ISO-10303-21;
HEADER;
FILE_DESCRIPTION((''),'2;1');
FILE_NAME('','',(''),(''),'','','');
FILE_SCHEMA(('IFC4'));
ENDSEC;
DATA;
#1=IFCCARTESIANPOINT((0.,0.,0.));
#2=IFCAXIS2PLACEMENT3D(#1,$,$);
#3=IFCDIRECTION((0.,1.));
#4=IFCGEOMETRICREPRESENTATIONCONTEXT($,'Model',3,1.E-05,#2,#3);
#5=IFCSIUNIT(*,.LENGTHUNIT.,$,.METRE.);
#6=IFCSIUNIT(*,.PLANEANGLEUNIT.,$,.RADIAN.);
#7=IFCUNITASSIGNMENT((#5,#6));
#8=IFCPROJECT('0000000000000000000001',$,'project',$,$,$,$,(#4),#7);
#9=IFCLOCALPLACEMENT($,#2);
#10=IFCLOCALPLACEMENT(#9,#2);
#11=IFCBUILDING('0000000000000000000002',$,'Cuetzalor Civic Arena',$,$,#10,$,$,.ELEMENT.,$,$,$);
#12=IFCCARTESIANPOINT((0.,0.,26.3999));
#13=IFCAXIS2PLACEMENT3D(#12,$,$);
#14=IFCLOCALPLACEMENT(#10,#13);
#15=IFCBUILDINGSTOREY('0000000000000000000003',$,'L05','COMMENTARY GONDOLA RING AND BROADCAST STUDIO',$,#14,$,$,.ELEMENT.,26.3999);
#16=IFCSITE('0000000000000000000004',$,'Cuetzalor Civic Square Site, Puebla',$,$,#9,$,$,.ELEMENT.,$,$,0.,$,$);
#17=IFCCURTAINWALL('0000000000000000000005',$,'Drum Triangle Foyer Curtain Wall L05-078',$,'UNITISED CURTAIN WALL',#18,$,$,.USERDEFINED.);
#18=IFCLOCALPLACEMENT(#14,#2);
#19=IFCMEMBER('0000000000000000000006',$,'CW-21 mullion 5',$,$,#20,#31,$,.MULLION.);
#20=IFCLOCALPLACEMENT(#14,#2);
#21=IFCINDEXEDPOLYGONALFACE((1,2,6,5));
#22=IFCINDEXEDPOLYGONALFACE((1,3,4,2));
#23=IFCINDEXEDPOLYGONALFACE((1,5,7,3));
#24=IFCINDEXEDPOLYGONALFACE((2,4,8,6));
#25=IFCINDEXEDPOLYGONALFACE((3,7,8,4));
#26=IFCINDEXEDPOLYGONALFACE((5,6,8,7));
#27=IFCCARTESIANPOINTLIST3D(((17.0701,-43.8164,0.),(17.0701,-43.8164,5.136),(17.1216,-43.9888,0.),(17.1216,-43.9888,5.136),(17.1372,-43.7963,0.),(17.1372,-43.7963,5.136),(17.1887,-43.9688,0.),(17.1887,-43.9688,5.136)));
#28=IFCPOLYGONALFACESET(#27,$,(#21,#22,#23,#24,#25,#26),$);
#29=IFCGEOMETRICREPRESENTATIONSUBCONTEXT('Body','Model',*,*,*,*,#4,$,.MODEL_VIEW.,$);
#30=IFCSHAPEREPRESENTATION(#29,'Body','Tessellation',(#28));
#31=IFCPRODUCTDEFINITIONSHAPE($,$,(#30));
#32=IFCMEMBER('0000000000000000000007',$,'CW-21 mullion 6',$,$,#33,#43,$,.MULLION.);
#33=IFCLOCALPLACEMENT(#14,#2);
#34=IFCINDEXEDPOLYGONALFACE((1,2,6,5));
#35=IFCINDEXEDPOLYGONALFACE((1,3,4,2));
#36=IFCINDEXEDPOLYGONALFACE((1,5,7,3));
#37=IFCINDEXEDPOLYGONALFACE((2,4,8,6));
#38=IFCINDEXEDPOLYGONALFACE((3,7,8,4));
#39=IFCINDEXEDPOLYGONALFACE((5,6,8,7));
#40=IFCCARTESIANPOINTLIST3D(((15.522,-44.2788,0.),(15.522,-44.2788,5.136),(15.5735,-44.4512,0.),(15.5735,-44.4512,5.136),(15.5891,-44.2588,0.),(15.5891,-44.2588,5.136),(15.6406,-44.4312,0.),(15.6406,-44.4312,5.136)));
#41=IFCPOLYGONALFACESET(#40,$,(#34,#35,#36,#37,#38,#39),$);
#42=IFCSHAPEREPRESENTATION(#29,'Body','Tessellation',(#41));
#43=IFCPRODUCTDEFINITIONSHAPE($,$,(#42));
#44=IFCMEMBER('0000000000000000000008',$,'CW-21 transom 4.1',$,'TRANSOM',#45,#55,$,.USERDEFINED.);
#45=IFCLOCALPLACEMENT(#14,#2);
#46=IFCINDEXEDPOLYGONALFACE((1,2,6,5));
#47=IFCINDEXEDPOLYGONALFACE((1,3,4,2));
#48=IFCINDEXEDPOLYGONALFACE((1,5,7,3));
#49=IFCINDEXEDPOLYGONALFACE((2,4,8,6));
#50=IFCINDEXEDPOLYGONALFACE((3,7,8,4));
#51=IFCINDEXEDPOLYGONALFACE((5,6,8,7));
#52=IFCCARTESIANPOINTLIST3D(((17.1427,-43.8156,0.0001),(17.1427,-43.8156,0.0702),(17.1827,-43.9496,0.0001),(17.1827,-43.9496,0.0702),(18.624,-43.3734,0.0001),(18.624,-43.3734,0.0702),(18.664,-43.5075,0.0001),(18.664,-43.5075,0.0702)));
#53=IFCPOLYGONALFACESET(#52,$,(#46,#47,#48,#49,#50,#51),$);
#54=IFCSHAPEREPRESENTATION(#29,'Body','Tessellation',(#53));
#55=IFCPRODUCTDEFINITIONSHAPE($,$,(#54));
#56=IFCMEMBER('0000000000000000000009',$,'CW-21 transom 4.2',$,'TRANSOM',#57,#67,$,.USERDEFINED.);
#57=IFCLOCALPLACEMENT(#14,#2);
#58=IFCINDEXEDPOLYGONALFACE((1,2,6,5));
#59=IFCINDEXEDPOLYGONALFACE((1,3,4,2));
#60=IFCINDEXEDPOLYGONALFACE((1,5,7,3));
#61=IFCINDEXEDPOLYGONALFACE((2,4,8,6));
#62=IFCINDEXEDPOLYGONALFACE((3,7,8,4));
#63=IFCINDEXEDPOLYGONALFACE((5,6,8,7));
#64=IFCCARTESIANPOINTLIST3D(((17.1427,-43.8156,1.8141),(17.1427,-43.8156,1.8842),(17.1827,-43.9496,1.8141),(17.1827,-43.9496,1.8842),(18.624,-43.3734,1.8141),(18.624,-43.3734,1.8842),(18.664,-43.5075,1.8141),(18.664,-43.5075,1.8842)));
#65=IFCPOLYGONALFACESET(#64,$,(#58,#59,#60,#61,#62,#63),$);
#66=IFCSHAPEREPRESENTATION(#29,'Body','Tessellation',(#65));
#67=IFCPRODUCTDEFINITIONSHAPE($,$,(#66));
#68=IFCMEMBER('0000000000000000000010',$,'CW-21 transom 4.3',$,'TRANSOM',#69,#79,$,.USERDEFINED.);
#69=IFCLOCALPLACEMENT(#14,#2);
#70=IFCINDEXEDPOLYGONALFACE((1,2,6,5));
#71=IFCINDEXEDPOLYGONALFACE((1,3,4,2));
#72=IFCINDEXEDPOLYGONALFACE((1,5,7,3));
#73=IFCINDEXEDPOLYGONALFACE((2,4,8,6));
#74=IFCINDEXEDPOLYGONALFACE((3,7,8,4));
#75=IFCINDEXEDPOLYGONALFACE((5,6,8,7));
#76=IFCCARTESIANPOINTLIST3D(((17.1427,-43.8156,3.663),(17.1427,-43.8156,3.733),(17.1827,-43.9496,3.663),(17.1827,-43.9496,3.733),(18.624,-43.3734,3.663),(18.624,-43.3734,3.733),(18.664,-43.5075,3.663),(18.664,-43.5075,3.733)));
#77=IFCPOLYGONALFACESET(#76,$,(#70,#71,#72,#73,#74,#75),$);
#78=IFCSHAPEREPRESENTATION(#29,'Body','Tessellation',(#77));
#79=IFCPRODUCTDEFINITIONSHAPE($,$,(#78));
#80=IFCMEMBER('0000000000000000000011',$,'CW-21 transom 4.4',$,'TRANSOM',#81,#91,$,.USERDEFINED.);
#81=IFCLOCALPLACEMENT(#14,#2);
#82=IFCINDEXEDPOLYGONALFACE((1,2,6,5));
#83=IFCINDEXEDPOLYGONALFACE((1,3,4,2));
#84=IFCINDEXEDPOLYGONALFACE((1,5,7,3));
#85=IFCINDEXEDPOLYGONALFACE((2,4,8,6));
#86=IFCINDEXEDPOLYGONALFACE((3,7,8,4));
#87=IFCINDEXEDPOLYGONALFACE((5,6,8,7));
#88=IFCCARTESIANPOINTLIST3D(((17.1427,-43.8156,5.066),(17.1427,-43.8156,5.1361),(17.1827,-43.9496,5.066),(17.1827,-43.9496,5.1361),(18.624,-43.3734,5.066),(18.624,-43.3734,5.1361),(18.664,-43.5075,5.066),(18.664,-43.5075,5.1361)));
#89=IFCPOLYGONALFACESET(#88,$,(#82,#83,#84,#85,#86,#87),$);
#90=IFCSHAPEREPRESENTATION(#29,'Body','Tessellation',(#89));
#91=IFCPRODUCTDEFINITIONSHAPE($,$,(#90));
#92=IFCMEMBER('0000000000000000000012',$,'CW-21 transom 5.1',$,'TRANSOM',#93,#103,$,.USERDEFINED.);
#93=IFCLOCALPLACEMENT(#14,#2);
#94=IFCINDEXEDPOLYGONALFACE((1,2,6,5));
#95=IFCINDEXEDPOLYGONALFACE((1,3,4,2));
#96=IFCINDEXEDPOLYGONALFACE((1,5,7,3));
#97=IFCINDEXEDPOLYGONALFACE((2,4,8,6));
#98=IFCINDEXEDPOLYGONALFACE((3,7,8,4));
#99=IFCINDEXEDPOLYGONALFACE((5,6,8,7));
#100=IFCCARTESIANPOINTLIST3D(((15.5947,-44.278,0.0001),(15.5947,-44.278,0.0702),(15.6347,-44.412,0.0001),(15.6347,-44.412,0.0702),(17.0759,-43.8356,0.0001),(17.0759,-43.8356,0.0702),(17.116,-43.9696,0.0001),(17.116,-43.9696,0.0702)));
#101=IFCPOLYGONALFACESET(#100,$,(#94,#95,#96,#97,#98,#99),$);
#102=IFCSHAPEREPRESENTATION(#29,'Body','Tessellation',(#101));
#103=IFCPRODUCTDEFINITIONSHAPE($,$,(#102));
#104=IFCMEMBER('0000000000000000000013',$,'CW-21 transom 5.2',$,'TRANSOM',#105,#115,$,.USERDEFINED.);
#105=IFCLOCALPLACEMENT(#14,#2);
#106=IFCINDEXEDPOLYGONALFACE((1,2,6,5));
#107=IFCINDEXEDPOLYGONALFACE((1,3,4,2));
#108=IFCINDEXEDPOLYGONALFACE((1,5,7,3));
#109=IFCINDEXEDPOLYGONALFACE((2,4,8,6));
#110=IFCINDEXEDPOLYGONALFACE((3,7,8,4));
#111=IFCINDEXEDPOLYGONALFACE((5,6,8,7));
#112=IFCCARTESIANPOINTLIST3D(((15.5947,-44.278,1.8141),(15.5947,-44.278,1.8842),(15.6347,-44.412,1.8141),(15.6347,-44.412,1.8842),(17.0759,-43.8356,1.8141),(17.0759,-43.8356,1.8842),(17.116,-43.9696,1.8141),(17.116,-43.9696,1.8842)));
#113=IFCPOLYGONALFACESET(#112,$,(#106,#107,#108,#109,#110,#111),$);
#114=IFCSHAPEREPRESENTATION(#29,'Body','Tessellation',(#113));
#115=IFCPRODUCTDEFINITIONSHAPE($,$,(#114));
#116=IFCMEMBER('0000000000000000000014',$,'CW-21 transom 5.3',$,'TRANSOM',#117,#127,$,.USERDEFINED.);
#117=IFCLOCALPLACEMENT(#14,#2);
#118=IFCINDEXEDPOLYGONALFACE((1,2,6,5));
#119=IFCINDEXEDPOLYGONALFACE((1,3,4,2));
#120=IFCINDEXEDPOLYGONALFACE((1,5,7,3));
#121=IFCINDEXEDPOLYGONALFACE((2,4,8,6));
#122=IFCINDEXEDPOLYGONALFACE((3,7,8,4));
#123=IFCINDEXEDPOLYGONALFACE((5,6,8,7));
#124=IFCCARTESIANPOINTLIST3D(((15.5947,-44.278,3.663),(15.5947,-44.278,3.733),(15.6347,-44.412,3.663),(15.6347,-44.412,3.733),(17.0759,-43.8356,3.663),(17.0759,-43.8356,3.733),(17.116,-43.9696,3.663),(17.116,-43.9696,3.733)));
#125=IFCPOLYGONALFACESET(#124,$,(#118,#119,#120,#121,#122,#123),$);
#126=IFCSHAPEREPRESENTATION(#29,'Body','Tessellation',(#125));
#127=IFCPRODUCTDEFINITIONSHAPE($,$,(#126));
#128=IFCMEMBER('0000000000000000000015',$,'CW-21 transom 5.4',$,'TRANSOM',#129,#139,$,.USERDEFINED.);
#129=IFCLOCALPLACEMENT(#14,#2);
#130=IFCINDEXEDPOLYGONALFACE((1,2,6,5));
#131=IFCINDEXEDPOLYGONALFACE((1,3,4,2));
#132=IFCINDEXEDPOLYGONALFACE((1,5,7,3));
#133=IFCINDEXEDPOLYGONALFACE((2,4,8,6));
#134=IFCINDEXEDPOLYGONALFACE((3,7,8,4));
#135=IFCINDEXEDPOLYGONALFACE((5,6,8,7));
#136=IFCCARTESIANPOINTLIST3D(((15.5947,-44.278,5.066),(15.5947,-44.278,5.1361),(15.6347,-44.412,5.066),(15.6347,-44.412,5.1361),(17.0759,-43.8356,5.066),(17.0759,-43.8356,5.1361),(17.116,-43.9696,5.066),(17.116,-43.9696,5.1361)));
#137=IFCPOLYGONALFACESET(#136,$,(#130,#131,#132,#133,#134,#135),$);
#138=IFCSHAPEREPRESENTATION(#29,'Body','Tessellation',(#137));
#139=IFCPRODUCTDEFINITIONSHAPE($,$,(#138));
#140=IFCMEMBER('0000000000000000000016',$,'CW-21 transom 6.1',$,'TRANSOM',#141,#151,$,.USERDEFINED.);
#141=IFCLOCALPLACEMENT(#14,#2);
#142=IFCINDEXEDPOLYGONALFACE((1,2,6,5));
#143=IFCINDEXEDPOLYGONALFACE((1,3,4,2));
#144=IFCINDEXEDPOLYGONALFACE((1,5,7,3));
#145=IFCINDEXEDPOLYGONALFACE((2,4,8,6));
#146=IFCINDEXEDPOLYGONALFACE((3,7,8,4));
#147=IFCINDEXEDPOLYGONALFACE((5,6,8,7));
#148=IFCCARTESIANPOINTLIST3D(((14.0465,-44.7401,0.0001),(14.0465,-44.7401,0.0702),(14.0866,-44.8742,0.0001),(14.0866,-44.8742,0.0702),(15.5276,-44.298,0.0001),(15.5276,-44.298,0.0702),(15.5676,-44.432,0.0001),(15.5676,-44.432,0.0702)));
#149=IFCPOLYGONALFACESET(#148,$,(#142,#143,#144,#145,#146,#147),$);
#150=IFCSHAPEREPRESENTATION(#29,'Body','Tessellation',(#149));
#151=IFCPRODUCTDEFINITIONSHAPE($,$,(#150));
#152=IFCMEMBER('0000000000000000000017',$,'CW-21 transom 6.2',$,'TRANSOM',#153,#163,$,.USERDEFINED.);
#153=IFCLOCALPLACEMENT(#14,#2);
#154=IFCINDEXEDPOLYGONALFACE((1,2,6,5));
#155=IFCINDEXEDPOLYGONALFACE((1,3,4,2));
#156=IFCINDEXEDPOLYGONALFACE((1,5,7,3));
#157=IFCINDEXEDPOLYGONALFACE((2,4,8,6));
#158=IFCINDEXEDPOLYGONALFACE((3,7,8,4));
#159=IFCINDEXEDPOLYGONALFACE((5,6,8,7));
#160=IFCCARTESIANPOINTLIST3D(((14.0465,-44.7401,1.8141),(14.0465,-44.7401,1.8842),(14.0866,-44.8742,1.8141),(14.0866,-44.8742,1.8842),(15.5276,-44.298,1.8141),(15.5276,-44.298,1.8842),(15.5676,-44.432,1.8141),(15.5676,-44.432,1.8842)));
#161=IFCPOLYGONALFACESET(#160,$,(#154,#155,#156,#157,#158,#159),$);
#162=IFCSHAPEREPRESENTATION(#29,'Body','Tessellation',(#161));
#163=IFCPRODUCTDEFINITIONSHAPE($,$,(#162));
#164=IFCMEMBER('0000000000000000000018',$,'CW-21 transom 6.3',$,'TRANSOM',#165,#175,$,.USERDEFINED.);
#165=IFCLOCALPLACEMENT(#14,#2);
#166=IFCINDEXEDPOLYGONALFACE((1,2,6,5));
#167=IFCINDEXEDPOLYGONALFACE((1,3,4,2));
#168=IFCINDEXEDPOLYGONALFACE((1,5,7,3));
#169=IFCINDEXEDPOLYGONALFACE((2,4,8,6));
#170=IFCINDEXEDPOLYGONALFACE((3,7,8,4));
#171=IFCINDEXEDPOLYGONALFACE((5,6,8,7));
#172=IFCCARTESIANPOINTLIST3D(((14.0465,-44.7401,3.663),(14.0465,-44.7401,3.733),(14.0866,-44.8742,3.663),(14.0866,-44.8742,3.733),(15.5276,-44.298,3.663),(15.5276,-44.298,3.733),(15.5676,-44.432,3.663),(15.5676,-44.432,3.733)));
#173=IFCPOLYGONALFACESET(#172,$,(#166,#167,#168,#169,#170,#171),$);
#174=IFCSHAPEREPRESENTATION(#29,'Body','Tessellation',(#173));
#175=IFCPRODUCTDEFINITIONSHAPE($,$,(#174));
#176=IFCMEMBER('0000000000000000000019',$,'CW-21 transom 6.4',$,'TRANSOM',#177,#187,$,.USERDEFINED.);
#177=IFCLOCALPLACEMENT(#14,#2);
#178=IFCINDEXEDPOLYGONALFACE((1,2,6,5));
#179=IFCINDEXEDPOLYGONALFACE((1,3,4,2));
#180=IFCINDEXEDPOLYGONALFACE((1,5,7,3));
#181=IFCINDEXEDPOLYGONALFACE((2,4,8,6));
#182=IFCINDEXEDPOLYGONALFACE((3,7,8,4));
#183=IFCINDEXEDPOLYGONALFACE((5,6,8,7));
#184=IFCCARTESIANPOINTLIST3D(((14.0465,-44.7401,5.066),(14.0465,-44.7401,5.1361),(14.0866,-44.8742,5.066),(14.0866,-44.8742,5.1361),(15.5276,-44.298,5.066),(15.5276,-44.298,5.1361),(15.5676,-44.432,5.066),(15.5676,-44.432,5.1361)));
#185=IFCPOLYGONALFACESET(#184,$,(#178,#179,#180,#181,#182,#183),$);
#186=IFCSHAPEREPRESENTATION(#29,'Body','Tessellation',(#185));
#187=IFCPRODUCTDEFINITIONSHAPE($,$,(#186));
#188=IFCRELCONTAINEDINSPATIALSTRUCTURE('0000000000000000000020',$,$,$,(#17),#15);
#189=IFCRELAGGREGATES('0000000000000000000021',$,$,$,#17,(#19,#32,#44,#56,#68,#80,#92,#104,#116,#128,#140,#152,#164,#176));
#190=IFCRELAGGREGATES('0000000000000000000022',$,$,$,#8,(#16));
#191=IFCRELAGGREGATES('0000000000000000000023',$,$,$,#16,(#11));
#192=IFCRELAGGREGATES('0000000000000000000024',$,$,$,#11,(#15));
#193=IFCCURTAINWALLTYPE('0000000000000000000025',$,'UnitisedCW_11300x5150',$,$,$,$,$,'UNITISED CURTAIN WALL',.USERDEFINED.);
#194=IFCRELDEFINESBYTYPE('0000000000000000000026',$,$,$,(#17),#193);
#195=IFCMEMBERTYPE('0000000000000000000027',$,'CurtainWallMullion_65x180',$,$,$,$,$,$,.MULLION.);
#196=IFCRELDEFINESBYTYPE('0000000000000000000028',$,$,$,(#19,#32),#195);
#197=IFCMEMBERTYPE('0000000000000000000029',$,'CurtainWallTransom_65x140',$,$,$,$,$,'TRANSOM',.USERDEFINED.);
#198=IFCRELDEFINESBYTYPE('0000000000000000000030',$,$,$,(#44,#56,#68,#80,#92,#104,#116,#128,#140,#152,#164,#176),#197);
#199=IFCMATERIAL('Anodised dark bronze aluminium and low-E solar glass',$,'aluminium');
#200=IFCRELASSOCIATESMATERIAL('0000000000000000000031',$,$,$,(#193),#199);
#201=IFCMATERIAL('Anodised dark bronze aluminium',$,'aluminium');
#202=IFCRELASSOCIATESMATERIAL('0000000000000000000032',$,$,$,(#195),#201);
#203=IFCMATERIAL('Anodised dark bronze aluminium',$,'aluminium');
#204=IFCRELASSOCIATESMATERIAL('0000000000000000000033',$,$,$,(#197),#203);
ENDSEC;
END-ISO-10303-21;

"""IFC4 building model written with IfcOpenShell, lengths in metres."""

from ifc_helpers import new_model, si_unit, direction, frame, origin, origin_2d, place, context, subcontext, project, spatial, rectangle, extrude, material, material_profile, profile_set, type_object, element, aggregate, save


model = new_model("IFC4")

# Units and contexts
model_context = context("Model", 3, precision=1e-05, world=origin(), true_north=direction((0.0, 1.0)))
body_context = subcontext(model_context, "Body", "Model", "MODEL_VIEW")
ifc_project = project(units=[si_unit("LENGTHUNIT", "METRE"), si_unit("PLANEANGLEUNIT", "RADIAN")], contexts=[model_context])

# Site, building, storey
site_placement = place(None, origin())
site = spatial("IfcSite", under=ifc_project, at=site_placement, Name="Cuetzalor Civic Square Site, Puebla", CompositionType="ELEMENT", RefElevation=0.0)
building_placement = place(site_placement, origin())
building = spatial("IfcBuilding", under=site, at=building_placement, Name="Cuetzalor Civic Arena", CompositionType="ELEMENT")
storey_placement = place(building_placement, frame((0.0, 0.0, 26.3999)))
storey = spatial("IfcBuildingStorey", under=building, at=storey_placement, Name="L05", Description="COMMENTARY GONDOLA RING AND BROADCAST STUDIO", CompositionType="ELEMENT", Elevation=26.3999)

# Curtain wall, members
ifc_material_1 = material(Name="Anodised dark bronze aluminium and low-E solar glass", Category="aluminium")
curtain_wall_type = type_object("IfcCurtainWallType", Name="UnitisedCW_11300x5150", ElementType="UNITISED CURTAIN WALL", PredefinedType="USERDEFINED", material=ifc_material_1)
curtain_wall_placement = place(storey_placement, origin())
curtain_wall = element("IfcCurtainWall", 1, at=curtain_wall_placement, inside=storey, type_object=curtain_wall_type, Name="Drum Triangle Foyer Curtain Wall L05-078", ObjectType="UNITISED CURTAIN WALL", PredefinedType="USERDEFINED")
ifc_material_2 = material(Name="Anodised dark bronze aluminium", Category="aluminium")
ifc_material_profile_1 = material_profile(ifc_material_2, rectangle(XDim=0.0701, YDim=0.1799, at=origin_2d()), Name="ALU MULLION 70x180")
ifc_profile_set_1 = profile_set([ifc_material_profile_1], Name="Anodised dark bronze aluminium")
member_type_1 = type_object("IfcMemberType", Name="CurtainWallMullion_65x180", PredefinedType="MULLION", material=ifc_profile_set_1)
member_1_placement = place(storey_placement, frame((17.1294, -43.8926, 0.0), z_axis=(0.0, 0.0, 1.0), x_axis=(-0.958194, -0.28612, 0.0)))
member_1 = element("IfcMember", 2, at=member_1_placement, type_object=member_type_1, Name="CW-21 mullion 5", PredefinedType="MULLION", context=body_context, shape_type="SweptSolid", body=[
    extrude(rectangle(XDim=0.0701, YDim=0.1799, at=origin_2d()), origin(), (0.0, 0.0, 1.0), 5.136),
])
member_2_placement = place(storey_placement, frame((15.5813, -44.355, 0.0), z_axis=(0.0, 0.0, 1.0), x_axis=(-0.958194, -0.28612, 0.0)))
member_2 = element("IfcMember", 3, at=member_2_placement, type_object=member_type_1, Name="CW-21 mullion 6", PredefinedType="MULLION", context=body_context, shape_type="SweptSolid", body=[
    extrude(rectangle(XDim=0.0701, YDim=0.1799, at=origin_2d()), origin(), (0.0, 0.0, 1.0), 5.136),
])
ifc_material_3 = material(Name="Anodised dark bronze aluminium", Category="aluminium")
ifc_material_profile_2 = material_profile(ifc_material_3, rectangle(XDim=0.1399, YDim=0.0701, at=origin_2d()), Name="ALU TRANSOM 70x140")
ifc_profile_set_2 = profile_set([ifc_material_profile_2], Name="Anodised dark bronze aluminium")
member_type_2 = type_object("IfcMemberType", Name="CurtainWallTransom_65x140", ElementType="TRANSOM", PredefinedType="USERDEFINED", material=ifc_profile_set_2)
member_3_placement = place(storey_placement, frame((18.644, -43.4404, 0.0352), z_axis=(-0.958221, -0.286029, 0.0), x_axis=(0.286029, -0.958221, 0.0)))
member_3 = element("IfcMember", 4, at=member_3_placement, type_object=member_type_2, Name="CW-21 transom 4.1", ObjectType="TRANSOM", PredefinedType="USERDEFINED", context=body_context, shape_type="SweptSolid", body=[
    extrude(rectangle(XDim=0.1399, YDim=0.0701, at=origin_2d()), origin(), (0.0, 0.0, 1.0), 1.5459),
])
member_4_placement = place(storey_placement, frame((18.644, -43.4404, 1.8491), z_axis=(-0.958221, -0.286029, 0.0), x_axis=(0.286029, -0.958221, 0.0)))
member_4 = element("IfcMember", 5, at=member_4_placement, type_object=member_type_2, Name="CW-21 transom 4.2", ObjectType="TRANSOM", PredefinedType="USERDEFINED", context=body_context, shape_type="SweptSolid", body=[
    extrude(rectangle(XDim=0.1399, YDim=0.0701, at=origin_2d()), origin(), (0.0, 0.0, 1.0), 1.5459),
])
member_5_placement = place(storey_placement, frame((18.644, -43.4404, 3.698), z_axis=(-0.958221, -0.286029, 0.0), x_axis=(0.286029, -0.958221, 0.0)))
member_5 = element("IfcMember", 6, at=member_5_placement, type_object=member_type_2, Name="CW-21 transom 4.3", ObjectType="TRANSOM", PredefinedType="USERDEFINED", context=body_context, shape_type="SweptSolid", body=[
    extrude(rectangle(XDim=0.1399, YDim=0.0701, at=origin_2d()), origin(), (0.0, 0.0, 1.0), 1.5459),
])
member_6_placement = place(storey_placement, frame((18.644, -43.4404, 5.1011), z_axis=(-0.958221, -0.286029, 0.0), x_axis=(0.286029, -0.958221, 0.0)))
member_6 = element("IfcMember", 7, at=member_6_placement, type_object=member_type_2, Name="CW-21 transom 4.4", ObjectType="TRANSOM", PredefinedType="USERDEFINED", context=body_context, shape_type="SweptSolid", body=[
    extrude(rectangle(XDim=0.1399, YDim=0.0701, at=origin_2d()), origin(), (0.0, 0.0, 1.0), 1.5459),
])
member_7_placement = place(storey_placement, frame((17.0959, -43.9026, 0.0352), z_axis=(-0.958178, -0.286174, 0.0), x_axis=(0.286174, -0.958178, 0.0)))
member_7 = element("IfcMember", 8, at=member_7_placement, type_object=member_type_2, Name="CW-21 transom 5.1", ObjectType="TRANSOM", PredefinedType="USERDEFINED", context=body_context, shape_type="SweptSolid", body=[
    extrude(rectangle(XDim=0.1399, YDim=0.0701, at=origin_2d()), origin(), (0.0, 0.0, 1.0), 1.5459),
])
member_8_placement = place(storey_placement, frame((17.0959, -43.9026, 1.8491), z_axis=(-0.958178, -0.286174, 0.0), x_axis=(0.286174, -0.958178, 0.0)))
member_8 = element("IfcMember", 9, at=member_8_placement, type_object=member_type_2, Name="CW-21 transom 5.2", ObjectType="TRANSOM", PredefinedType="USERDEFINED", context=body_context, shape_type="SweptSolid", body=[
    extrude(rectangle(XDim=0.1399, YDim=0.0701, at=origin_2d()), origin(), (0.0, 0.0, 1.0), 1.5459),
])
member_9_placement = place(storey_placement, frame((17.0959, -43.9026, 3.698), z_axis=(-0.958178, -0.286174, 0.0), x_axis=(0.286174, -0.958178, 0.0)))
member_9 = element("IfcMember", 10, at=member_9_placement, type_object=member_type_2, Name="CW-21 transom 5.3", ObjectType="TRANSOM", PredefinedType="USERDEFINED", context=body_context, shape_type="SweptSolid", body=[
    extrude(rectangle(XDim=0.1399, YDim=0.0701, at=origin_2d()), origin(), (0.0, 0.0, 1.0), 1.5459),
])
member_10_placement = place(storey_placement, frame((17.0959, -43.9026, 5.1011), z_axis=(-0.958178, -0.286174, 0.0), x_axis=(0.286174, -0.958178, 0.0)))
member_10 = element("IfcMember", 11, at=member_10_placement, type_object=member_type_2, Name="CW-21 transom 5.4", ObjectType="TRANSOM", PredefinedType="USERDEFINED", context=body_context, shape_type="SweptSolid", body=[
    extrude(rectangle(XDim=0.1399, YDim=0.0701, at=origin_2d()), origin(), (0.0, 0.0, 1.0), 1.5459),
])
member_11_placement = place(storey_placement, frame((15.5476, -44.365, 0.0352), z_axis=(-0.958208, -0.286072, 0.0), x_axis=(0.286072, -0.958208, 0.0)))
member_11 = element("IfcMember", 12, at=member_11_placement, type_object=member_type_2, Name="CW-21 transom 6.1", ObjectType="TRANSOM", PredefinedType="USERDEFINED", context=body_context, shape_type="SweptSolid", body=[
    extrude(rectangle(XDim=0.1399, YDim=0.0701, at=origin_2d()), origin(), (0.0, 0.0, 1.0), 1.5457),
])
member_12_placement = place(storey_placement, frame((15.5476, -44.365, 1.8491), z_axis=(-0.958208, -0.286072, 0.0), x_axis=(0.286072, -0.958208, 0.0)))
member_12 = element("IfcMember", 13, at=member_12_placement, type_object=member_type_2, Name="CW-21 transom 6.2", ObjectType="TRANSOM", PredefinedType="USERDEFINED", context=body_context, shape_type="SweptSolid", body=[
    extrude(rectangle(XDim=0.1399, YDim=0.0701, at=origin_2d()), origin(), (0.0, 0.0, 1.0), 1.5457),
])
member_13_placement = place(storey_placement, frame((15.5476, -44.365, 3.698), z_axis=(-0.958208, -0.286072, 0.0), x_axis=(0.286072, -0.958208, 0.0)))
member_13 = element("IfcMember", 14, at=member_13_placement, type_object=member_type_2, Name="CW-21 transom 6.3", ObjectType="TRANSOM", PredefinedType="USERDEFINED", context=body_context, shape_type="SweptSolid", body=[
    extrude(rectangle(XDim=0.1399, YDim=0.0701, at=origin_2d()), origin(), (0.0, 0.0, 1.0), 1.5457),
])
member_14_placement = place(storey_placement, frame((15.5476, -44.365, 5.1011), z_axis=(-0.958208, -0.286072, 0.0), x_axis=(0.286072, -0.958208, 0.0)))
member_14 = element("IfcMember", 15, at=member_14_placement, type_object=member_type_2, Name="CW-21 transom 6.4", ObjectType="TRANSOM", PredefinedType="USERDEFINED", context=body_context, shape_type="SweptSolid", body=[
    extrude(rectangle(XDim=0.1399, YDim=0.0701, at=origin_2d()), origin(), (0.0, 0.0, 1.0), 1.5457),
])
aggregate(curtain_wall, [member_1, member_2, member_3, member_4, member_5, member_6, member_7, member_8, member_9, member_10, member_11, member_12, member_13, member_14])

save(model, "model.ifc")
